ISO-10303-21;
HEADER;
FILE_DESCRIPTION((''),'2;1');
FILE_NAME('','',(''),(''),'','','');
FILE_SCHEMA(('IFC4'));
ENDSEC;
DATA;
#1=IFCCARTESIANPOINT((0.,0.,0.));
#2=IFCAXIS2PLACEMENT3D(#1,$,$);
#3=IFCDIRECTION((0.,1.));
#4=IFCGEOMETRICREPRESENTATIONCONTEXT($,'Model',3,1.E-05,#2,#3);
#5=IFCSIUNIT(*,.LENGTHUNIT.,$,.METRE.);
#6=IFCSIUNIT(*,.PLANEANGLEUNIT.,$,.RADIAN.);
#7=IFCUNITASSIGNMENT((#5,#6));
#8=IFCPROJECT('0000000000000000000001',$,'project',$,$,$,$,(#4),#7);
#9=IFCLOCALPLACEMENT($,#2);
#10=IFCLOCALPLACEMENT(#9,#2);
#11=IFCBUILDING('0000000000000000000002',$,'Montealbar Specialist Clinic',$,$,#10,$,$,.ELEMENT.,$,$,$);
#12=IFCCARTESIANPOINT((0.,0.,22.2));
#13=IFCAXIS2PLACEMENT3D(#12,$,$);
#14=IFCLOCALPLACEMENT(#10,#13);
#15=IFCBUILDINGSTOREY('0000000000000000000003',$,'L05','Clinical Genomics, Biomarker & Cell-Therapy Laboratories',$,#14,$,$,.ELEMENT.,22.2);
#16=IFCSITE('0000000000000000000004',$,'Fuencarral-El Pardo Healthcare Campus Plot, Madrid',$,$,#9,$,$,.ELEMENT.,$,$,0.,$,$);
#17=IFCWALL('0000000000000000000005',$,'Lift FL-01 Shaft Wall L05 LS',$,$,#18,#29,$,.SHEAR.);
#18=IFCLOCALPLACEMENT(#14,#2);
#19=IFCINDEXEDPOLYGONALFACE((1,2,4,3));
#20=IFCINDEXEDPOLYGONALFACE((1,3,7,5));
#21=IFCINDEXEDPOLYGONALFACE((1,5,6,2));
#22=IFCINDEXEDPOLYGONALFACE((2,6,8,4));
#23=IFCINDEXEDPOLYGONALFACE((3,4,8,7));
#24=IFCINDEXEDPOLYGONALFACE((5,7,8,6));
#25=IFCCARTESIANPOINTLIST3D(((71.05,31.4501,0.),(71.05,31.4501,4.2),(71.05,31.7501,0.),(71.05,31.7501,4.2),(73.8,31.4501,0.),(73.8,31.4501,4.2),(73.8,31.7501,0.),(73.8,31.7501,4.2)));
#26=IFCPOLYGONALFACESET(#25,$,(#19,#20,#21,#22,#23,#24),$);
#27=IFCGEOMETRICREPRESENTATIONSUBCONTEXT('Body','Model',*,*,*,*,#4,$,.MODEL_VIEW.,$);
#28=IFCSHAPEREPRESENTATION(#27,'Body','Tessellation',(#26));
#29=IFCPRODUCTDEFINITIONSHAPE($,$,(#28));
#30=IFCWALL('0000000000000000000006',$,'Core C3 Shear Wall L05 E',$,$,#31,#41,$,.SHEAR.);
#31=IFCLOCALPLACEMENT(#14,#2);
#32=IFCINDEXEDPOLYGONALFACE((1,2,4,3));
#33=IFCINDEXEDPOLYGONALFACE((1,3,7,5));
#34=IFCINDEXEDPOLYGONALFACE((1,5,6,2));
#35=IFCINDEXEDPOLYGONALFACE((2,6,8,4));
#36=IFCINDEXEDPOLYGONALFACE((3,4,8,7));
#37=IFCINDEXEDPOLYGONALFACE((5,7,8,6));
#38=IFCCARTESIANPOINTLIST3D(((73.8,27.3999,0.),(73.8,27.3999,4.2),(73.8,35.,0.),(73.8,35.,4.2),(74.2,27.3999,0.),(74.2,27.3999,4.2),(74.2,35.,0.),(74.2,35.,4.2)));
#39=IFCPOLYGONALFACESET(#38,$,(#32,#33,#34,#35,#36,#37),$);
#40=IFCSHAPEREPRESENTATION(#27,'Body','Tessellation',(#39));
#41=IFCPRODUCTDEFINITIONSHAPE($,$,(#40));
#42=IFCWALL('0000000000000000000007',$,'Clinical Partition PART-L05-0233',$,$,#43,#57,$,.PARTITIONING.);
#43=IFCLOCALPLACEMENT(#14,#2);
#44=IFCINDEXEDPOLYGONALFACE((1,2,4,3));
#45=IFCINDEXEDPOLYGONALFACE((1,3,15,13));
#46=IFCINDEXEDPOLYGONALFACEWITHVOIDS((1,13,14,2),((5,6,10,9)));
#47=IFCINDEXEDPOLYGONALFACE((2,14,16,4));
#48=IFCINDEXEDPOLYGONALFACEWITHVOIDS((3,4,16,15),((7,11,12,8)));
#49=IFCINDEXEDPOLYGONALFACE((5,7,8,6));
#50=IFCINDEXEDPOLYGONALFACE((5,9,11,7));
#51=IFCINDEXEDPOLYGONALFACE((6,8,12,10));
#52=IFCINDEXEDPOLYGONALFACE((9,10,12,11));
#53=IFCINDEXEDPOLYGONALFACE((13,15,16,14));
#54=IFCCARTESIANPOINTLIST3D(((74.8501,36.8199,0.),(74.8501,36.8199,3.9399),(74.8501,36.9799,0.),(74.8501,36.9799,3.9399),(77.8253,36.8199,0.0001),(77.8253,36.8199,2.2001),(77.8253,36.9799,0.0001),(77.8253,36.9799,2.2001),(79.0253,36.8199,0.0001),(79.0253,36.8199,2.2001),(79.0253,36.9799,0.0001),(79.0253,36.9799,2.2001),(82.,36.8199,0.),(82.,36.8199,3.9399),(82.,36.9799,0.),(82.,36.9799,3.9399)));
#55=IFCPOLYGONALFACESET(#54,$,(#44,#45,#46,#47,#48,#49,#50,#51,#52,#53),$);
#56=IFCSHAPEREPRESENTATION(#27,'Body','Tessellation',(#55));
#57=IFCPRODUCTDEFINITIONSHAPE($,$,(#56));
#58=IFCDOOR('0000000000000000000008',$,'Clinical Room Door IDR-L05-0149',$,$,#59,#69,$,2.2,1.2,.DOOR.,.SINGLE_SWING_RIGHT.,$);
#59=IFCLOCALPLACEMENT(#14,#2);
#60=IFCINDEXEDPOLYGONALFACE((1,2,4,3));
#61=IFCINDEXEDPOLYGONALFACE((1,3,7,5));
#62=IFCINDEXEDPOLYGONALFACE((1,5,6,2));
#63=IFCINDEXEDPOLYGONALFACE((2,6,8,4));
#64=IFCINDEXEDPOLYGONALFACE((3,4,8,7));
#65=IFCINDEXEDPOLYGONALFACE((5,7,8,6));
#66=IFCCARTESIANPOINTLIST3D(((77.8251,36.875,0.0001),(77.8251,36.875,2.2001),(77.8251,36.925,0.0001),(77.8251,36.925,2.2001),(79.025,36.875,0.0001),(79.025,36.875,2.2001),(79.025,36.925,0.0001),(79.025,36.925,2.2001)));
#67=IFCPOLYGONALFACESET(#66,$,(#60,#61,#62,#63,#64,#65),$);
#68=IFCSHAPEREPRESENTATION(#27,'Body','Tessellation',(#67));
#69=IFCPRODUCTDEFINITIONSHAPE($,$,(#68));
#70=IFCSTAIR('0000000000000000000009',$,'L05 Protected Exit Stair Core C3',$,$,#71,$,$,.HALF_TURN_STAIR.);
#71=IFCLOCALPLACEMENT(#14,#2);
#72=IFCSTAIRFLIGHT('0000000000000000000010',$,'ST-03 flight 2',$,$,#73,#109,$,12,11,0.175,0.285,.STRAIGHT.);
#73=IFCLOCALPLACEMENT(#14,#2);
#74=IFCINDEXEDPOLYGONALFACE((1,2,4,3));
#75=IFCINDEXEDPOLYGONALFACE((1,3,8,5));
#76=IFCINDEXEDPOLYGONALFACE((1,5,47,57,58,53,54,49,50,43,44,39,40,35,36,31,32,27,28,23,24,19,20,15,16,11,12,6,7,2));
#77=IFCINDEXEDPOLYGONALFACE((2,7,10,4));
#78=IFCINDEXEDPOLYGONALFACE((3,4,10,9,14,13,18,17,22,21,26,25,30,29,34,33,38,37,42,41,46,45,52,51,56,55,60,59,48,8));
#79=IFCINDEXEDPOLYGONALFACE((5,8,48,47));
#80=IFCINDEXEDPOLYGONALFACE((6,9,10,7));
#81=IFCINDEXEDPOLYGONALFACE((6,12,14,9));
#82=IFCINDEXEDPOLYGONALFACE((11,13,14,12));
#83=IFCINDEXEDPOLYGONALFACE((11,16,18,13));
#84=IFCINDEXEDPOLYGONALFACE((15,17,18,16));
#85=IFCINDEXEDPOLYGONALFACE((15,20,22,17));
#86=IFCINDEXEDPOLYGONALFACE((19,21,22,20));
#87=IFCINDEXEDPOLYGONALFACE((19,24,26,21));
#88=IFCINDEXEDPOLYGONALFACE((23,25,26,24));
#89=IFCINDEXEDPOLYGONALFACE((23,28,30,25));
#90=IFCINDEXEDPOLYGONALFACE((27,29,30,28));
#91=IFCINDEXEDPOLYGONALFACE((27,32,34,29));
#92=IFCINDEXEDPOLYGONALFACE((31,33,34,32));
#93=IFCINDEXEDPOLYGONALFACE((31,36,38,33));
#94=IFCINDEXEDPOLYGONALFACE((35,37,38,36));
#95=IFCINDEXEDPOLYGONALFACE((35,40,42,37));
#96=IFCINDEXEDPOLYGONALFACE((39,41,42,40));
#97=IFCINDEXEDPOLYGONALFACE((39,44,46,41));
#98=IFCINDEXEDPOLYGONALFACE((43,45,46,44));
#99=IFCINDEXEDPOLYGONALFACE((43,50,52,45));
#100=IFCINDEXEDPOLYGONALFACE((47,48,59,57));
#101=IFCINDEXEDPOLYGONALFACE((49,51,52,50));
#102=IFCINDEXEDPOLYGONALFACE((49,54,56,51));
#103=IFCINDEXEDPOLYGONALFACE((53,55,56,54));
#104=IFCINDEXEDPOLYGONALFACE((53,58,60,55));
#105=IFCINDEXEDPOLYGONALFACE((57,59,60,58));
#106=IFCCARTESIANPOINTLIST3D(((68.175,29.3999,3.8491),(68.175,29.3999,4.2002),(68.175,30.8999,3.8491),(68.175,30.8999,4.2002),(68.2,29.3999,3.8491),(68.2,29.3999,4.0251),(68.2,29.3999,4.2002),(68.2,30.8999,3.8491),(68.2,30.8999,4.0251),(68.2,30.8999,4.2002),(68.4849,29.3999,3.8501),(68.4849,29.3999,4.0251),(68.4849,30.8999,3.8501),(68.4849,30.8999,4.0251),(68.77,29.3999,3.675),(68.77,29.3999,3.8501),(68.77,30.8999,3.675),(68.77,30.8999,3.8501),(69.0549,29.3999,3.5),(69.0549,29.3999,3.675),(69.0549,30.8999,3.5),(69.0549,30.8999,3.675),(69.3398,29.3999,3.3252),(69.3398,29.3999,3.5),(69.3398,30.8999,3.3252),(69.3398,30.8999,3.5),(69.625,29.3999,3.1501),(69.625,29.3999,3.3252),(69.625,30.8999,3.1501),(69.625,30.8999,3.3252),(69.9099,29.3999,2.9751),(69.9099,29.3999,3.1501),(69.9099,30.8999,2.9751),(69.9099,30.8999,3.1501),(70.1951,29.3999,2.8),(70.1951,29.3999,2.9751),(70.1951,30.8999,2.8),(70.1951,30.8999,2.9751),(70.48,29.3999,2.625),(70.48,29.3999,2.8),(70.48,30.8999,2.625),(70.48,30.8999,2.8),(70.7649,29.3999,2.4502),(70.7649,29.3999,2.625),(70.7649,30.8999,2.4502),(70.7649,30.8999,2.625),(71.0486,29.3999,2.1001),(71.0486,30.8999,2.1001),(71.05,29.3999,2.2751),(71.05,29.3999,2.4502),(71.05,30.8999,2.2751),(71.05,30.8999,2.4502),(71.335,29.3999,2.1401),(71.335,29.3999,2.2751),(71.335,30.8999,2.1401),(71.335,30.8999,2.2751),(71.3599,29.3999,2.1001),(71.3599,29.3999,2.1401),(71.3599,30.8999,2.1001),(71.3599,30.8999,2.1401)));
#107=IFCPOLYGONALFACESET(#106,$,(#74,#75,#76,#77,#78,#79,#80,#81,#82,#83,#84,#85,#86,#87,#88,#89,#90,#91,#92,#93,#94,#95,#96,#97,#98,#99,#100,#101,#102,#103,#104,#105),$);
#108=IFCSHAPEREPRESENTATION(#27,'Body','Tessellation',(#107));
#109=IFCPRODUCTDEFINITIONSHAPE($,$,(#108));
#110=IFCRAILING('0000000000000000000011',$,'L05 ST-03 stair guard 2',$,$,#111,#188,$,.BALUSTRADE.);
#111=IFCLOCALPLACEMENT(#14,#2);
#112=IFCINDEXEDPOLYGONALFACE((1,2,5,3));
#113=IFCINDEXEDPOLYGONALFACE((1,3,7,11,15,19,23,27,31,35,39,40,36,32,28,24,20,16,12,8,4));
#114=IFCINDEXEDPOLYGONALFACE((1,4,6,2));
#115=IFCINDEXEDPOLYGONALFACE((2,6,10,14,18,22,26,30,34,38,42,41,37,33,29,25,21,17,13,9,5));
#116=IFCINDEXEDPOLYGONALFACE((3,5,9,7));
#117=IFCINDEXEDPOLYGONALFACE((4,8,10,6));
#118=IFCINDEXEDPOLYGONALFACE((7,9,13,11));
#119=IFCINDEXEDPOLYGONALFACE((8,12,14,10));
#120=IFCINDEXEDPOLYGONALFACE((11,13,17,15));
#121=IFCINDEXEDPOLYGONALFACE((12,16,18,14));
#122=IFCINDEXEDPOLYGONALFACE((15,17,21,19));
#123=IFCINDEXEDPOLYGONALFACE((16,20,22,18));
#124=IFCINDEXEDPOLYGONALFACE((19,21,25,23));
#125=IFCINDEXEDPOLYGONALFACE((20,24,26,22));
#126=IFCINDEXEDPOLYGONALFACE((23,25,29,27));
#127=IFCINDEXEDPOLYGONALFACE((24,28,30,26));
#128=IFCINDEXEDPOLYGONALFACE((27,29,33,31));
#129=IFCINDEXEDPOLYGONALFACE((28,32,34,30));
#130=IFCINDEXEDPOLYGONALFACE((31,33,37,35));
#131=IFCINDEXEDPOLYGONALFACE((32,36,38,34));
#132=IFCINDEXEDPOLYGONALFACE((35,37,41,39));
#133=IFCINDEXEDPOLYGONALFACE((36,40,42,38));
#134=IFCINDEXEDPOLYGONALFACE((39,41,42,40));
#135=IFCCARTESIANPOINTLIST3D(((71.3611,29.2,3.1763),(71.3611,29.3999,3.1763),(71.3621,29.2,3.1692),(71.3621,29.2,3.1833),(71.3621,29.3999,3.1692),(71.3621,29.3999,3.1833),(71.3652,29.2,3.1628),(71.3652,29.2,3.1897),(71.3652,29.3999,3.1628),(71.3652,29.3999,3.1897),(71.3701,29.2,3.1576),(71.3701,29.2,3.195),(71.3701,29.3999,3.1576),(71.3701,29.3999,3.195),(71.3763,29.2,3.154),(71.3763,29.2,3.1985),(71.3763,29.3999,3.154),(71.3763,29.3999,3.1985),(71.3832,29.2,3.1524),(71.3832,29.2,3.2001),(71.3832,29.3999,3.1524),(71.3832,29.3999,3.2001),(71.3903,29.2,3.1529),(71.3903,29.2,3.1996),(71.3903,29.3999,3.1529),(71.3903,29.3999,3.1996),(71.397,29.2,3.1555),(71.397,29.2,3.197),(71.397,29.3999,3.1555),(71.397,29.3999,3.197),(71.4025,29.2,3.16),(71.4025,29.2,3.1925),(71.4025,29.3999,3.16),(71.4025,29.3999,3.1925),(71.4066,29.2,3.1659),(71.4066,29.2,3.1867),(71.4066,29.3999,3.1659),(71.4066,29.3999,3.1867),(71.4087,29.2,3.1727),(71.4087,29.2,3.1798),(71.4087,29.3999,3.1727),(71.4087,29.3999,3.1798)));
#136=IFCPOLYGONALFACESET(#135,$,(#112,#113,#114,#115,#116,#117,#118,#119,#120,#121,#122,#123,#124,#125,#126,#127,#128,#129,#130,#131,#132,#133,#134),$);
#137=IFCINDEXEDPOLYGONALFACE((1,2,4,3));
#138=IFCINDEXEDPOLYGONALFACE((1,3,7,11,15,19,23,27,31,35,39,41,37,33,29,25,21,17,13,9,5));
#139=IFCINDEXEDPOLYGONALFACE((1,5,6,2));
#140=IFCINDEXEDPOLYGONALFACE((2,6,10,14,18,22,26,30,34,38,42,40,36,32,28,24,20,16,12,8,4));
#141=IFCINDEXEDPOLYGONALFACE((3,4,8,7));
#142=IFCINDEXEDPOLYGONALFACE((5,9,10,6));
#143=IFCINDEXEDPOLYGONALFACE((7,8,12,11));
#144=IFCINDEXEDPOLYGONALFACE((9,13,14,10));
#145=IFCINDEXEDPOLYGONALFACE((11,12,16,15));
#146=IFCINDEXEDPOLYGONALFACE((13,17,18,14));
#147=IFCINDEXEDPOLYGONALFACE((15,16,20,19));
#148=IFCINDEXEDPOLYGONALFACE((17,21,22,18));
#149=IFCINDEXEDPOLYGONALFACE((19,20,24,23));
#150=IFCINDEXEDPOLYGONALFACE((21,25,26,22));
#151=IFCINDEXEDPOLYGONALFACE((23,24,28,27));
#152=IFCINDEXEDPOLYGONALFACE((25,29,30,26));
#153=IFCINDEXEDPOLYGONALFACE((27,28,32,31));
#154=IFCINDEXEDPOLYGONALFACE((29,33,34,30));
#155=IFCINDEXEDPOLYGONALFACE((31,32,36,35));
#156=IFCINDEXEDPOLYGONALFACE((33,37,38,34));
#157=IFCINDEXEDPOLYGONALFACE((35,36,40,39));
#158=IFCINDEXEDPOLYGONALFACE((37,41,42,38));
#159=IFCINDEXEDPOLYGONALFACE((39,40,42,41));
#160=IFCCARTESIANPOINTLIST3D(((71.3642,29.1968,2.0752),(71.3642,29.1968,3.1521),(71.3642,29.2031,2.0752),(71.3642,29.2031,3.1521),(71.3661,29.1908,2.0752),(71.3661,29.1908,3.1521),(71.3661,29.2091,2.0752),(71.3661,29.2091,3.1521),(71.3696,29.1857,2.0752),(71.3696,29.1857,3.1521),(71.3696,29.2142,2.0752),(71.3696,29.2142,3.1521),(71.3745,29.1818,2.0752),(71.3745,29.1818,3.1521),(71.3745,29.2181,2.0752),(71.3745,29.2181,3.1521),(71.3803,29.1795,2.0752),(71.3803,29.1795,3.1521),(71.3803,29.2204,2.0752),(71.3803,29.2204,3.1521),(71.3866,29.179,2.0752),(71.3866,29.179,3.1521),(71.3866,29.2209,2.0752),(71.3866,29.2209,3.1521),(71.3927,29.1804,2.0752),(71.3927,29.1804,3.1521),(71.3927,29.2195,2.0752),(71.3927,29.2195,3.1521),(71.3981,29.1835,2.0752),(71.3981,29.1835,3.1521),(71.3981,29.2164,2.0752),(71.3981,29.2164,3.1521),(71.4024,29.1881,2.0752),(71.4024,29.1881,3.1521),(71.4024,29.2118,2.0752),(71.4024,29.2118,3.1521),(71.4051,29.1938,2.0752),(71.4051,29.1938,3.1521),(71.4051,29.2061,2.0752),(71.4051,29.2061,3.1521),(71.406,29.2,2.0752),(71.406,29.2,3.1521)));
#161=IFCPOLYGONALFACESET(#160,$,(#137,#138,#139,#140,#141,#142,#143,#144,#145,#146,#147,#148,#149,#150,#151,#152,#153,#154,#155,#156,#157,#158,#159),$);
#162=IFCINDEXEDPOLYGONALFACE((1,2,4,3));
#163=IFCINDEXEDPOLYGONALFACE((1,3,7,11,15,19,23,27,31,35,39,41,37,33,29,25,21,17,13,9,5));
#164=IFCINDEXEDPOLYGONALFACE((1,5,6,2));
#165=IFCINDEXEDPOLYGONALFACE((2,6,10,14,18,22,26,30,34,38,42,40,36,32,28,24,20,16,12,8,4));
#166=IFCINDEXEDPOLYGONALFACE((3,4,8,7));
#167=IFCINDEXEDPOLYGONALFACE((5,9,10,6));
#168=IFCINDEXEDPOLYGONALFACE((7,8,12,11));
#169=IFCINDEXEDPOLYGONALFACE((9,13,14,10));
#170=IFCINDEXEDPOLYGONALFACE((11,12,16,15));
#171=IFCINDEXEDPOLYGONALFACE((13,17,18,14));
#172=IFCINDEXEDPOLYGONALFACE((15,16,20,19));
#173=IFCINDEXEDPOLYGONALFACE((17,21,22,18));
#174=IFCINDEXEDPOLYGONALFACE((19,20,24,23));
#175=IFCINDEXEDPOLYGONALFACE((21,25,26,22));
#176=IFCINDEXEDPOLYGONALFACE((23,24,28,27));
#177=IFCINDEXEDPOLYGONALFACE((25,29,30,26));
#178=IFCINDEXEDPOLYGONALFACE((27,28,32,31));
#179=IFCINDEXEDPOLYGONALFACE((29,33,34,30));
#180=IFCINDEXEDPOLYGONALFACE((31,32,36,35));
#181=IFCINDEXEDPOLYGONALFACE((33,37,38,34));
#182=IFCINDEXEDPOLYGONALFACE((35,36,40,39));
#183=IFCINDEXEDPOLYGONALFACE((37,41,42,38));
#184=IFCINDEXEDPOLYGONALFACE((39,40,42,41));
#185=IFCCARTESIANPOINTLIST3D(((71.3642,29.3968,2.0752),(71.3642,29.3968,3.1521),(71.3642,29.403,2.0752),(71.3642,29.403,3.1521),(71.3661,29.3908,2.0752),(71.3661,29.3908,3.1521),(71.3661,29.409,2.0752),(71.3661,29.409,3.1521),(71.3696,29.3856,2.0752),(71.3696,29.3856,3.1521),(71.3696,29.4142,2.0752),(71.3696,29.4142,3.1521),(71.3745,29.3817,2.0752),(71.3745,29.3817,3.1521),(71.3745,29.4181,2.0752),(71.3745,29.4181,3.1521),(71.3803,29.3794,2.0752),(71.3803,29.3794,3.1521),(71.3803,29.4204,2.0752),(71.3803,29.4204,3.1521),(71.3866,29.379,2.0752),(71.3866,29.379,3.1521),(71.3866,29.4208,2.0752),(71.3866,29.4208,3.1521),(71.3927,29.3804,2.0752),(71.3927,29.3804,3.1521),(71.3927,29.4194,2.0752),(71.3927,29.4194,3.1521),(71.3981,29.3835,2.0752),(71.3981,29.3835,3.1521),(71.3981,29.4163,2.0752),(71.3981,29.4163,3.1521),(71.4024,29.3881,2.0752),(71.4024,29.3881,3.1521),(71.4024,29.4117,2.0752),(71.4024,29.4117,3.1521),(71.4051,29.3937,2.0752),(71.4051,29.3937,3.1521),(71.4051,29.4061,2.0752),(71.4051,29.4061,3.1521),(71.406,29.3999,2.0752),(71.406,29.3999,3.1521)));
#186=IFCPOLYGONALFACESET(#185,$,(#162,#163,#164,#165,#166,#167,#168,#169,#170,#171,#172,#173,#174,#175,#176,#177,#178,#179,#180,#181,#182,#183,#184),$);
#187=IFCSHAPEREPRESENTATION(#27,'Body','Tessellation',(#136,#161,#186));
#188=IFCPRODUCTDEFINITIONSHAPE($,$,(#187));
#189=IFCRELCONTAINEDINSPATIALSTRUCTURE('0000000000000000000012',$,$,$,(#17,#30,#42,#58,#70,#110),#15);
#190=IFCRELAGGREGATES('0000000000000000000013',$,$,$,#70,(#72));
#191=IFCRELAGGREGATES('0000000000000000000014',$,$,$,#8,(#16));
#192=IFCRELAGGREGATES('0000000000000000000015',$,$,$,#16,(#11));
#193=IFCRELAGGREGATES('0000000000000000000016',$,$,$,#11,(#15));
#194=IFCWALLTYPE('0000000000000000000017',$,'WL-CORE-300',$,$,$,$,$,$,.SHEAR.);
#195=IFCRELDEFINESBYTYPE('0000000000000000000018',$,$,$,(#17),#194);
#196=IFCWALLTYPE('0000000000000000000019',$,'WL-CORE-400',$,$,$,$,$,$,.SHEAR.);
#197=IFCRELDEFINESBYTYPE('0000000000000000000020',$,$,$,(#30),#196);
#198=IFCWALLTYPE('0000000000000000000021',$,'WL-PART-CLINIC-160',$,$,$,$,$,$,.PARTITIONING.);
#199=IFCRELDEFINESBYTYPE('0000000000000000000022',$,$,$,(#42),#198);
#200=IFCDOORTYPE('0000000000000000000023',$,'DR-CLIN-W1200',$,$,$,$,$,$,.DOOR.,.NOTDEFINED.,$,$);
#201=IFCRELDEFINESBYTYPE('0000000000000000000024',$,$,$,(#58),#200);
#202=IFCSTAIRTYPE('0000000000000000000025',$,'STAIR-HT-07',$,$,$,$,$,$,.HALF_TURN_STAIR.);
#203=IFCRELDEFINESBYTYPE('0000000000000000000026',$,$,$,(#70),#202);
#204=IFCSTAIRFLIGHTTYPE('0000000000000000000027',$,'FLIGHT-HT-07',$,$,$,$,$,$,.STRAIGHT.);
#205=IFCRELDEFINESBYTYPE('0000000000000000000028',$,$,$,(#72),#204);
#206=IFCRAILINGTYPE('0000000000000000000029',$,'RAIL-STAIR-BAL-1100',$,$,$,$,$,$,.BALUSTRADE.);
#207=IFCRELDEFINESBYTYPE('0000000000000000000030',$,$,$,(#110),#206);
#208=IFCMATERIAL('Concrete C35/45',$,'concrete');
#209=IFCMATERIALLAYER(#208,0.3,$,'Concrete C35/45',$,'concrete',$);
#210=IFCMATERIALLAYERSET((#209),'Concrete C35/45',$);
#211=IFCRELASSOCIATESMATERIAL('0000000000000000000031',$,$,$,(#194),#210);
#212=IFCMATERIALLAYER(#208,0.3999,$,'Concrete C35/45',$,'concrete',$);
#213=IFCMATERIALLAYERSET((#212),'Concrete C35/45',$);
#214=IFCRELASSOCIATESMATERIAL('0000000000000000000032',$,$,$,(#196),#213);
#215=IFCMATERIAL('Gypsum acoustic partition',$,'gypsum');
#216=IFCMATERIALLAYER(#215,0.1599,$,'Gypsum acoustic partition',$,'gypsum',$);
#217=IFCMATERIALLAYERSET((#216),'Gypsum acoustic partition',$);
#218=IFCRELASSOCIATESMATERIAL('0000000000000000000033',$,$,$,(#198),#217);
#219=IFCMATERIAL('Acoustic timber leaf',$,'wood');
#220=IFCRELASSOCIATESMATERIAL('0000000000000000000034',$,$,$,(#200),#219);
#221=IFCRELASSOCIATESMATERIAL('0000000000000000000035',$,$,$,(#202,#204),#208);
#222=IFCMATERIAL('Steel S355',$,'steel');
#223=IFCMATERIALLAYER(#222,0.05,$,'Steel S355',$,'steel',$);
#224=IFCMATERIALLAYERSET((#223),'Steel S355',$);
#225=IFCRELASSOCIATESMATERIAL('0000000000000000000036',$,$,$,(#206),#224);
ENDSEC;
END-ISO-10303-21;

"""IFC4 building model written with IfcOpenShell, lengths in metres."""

from ifc_helpers import new_model, si_unit, direction, frame, frame_2d, origin, origin_2d, place, context, subcontext, project, spatial, polyline, rectangle, circle, outline, extrude, material, layer, layer_set, type_object, element, fill, aggregate, save


model = new_model("IFC4")

# Units and contexts
model_context = context("Model", 3, precision=1e-05, world=origin(), true_north=direction((0.0, 1.0)))
body_context = subcontext(model_context, "Body", "Model", "MODEL_VIEW")
ifc_project = project(units=[si_unit("LENGTHUNIT", "METRE"), si_unit("PLANEANGLEUNIT", "RADIAN")], contexts=[model_context])

# Site, building, storey
site_placement = place(None, origin())
site = spatial("IfcSite", under=ifc_project, at=site_placement, Name="Fuencarral-El Pardo Healthcare Campus Plot, Madrid", CompositionType="ELEMENT", RefElevation=0.0)
building_placement = place(site_placement, origin())
building = spatial("IfcBuilding", under=site, at=building_placement, Name="Montealbar Specialist Clinic", CompositionType="ELEMENT")
storey_placement = place(building_placement, frame((0.0, 0.0, 22.2)))
storey = spatial("IfcBuildingStorey", under=building, at=storey_placement, Name="L05", Description="Clinical Genomics, Biomarker & Cell-Therapy Laboratories", CompositionType="ELEMENT", Elevation=22.2)

# Shared definitions
ifc_material_1 = material(Name="Steel S355", Category="steel")

# Wall
ifc_material_2 = material(Name="Concrete C35/45", Category="concrete")
ifc_layer_1 = layer(ifc_material_2, 0.3, Name="Concrete C35/45", Category="concrete")
ifc_layer_set_1 = layer_set([ifc_layer_1], Name="Concrete C35/45")
wall_type_1 = type_object("IfcWallType", Name="WL-CORE-300", PredefinedType="SHEAR", material=ifc_layer_set_1)
wall_1_placement = place(storey_placement, frame((71.05, 31.6001, 0.0), z_axis=(0.0, 0.0, 1.0), x_axis=(1.0, 0.0, 0.0)))
element("IfcWall", 1, at=wall_1_placement, inside=storey, type_object=wall_type_1, Name="Lift FL-01 Shaft Wall L05 LS", PredefinedType="SHEAR", context=body_context, shape_type="SweptSolid", body=[
    extrude(rectangle(XDim=2.75, YDim=0.3, at=frame_2d((1.375, 0.0))), origin(), (0.0, 0.0, 1.0), 4.2),
])

# Wall
ifc_layer_2 = layer(ifc_material_2, 0.3999, Name="Concrete C35/45", Category="concrete")
ifc_layer_set_2 = layer_set([ifc_layer_2], Name="Concrete C35/45")
wall_type_2 = type_object("IfcWallType", Name="WL-CORE-400", PredefinedType="SHEAR", material=ifc_layer_set_2)
wall_2_placement = place(storey_placement, frame((74.0, 27.3999, 0.0), z_axis=(0.0, 0.0, 1.0), x_axis=(0.0, 1.0, 0.0)))
element("IfcWall", 2, at=wall_2_placement, inside=storey, type_object=wall_type_2, Name="Core C3 Shear Wall L05 E", PredefinedType="SHEAR", context=body_context, shape_type="SweptSolid", body=[
    extrude(rectangle(XDim=7.6001, YDim=0.3999, at=frame_2d((3.8, 0.0))), origin(), (0.0, 0.0, 1.0), 4.2),
])

# Wall, opening, door
ifc_material_3 = material(Name="Gypsum acoustic partition", Category="gypsum")
ifc_layer_3 = layer(ifc_material_3, 0.1599, Name="Gypsum acoustic partition", Category="gypsum")
ifc_layer_set_3 = layer_set([ifc_layer_3], Name="Gypsum acoustic partition")
wall_type_3 = type_object("IfcWallType", Name="WL-PART-CLINIC-160", PredefinedType="PARTITIONING", material=ifc_layer_set_3)
wall_3_placement = place(storey_placement, frame((74.8501, 36.8999, 0.0), z_axis=(0.0, 0.0, 1.0), x_axis=(1.0, 0.0, 0.0)))
wall_3 = element("IfcWall", 3, at=wall_3_placement, inside=storey, type_object=wall_type_3, Name="Clinical Partition PART-L05-0233", PredefinedType="PARTITIONING", context=body_context, shape_type="SweptSolid", body=[
    extrude(rectangle(XDim=7.1499, YDim=0.1599, at=frame_2d((3.575, 0.0))), origin(), (0.0, 0.0, 1.0), 3.9399),
])
opening_1_placement = place(wall_3_placement, frame((2.9751, 0.0, 0.0)))
opening_1 = element("IfcOpeningElement", 4, at=opening_1_placement, cuts=wall_3, PredefinedType="OPENING", context=body_context, shape_type="SweptSolid", body=[
    extrude(rectangle(XDim=1.2, YDim=2.2, at=frame_2d((0.6001, 1.1001))), frame((0.0, 0.0898, 0.0), z_axis=(0.0, -1.0, 0.0), x_axis=(1.0, 0.0, 0.0)), (0.0, 0.0, 1.0), 0.1799),
])
ifc_material_4 = material(Name="Acoustic timber leaf", Category="wood")
door_type_1 = type_object("IfcDoorType", Name="DR-CLIN-W1200", OperationType="NOTDEFINED", PredefinedType="DOOR", material=ifc_material_4)
door_1_placement = place(opening_1_placement, frame((1.2, 0.0, 0.0), z_axis=(0.0, 0.0, 1.0), x_axis=(-1.0, 0.0, 0.0)))
door_1 = element("IfcDoor", 5, at=door_1_placement, inside=storey, type_object=door_type_1, Name="Clinical Room Door IDR-L05-0149", OperationType="SINGLE_SWING_RIGHT", OverallHeight=2.2, OverallWidth=1.2, PredefinedType="DOOR", context=body_context, shape_type="SweptSolid", body=[
    extrude(rectangle(XDim=1.2, YDim=2.2, at=frame_2d((0.6001, 1.1001))), frame((0.0, 0.0249, 0.0), z_axis=(0.0, -1.0, 0.0), x_axis=(1.0, 0.0, 0.0)), (0.0, 0.0, 1.0), 0.05),
])
fill(opening_1, door_1)

# Stair, stair flight
stair_type = type_object("IfcStairType", Name="STAIR-HT-07", PredefinedType="HALF_TURN_STAIR", material=ifc_material_2)
stair_placement = place(storey_placement, origin())
stair = element("IfcStair", 6, at=stair_placement, inside=storey, type_object=stair_type, Name="L05 Protected Exit Stair Core C3", PredefinedType="HALF_TURN_STAIR")
stair_flight_type = type_object("IfcStairFlightType", Name="FLIGHT-HT-07", PredefinedType="STRAIGHT", material=ifc_material_2)
stair_flight_placement = place(storey_placement, frame((71.335, 30.1499, 2.1001), z_axis=(0.0, 0.0, 1.0), x_axis=(-1.0, 0.0, 0.0)))
stair_flight = element("IfcStairFlight", 7, at=stair_flight_placement, type_object=stair_flight_type, Name="ST-03 flight 2", NumberOfRisers=12, NumberOfTreads=11, PredefinedType="STRAIGHT", RiserHeight=0.175, TreadLength=0.285, context=body_context, shape_type="SweptSolid", body=[
    extrude(outline(polyline([(-0.0249, 0.0), (-0.0249, 0.04), (0.0, 0.04), (0.0, 0.175), (0.2849, 0.175), (0.2849, 0.3501), (0.5701, 0.3501), (0.5701, 0.5249), (0.855, 0.5249), (0.855, 0.7), (1.1399, 0.7), (1.1399, 0.875), (1.425, 0.875), (1.425, 1.05), (1.71, 1.05), (1.71, 1.2251), (1.9951, 1.2251), (1.9951, 1.3999), (2.28, 1.3999), (2.28, 1.575), (2.5649, 1.575), (2.5649, 1.75), (2.8501, 1.75), (2.8501, 1.925), (3.135, 1.925), (3.135, 2.1001), (3.1599, 2.1001), (3.1599, 1.749), (3.135, 1.749), (0.2864, 0.0), (-0.0249, 0.0)])), frame((0.0, 0.75, 0.0), z_axis=(0.0, -1.0, 0.0), x_axis=(1.0, 0.0, 0.0)), (0.0, 0.0, 1.0), 1.5),
])
aggregate(stair, [stair_flight])

# Railing
ifc_layer_4 = layer(ifc_material_1, 0.05, Name="Steel S355", Category="steel")
ifc_layer_set_4 = layer_set([ifc_layer_4], Name="Steel S355")
railing_type_1 = type_object("IfcRailingType", Name="RAIL-STAIR-BAL-1100", PredefinedType="BALUSTRADE", material=ifc_layer_set_4)
railing_1_placement = place(storey_placement, frame((71.385, 29.2, 2.1001)))
element("IfcRailing", 8, at=railing_1_placement, inside=storey, type_object=railing_type_1, Name="L05 ST-03 stair guard 2", PredefinedType="BALUSTRADE", context=body_context, shape_type="SweptSolid", body=[
    extrude(circle(Radius=0.0239, at=origin_2d()), frame((0.0, 0.0, 1.0762), z_axis=(0.0, 1.0, 0.0), x_axis=(-1.0, 0.0, 0.0)), (0.0, 0.0, 1.0), 0.2),
    extrude(circle(Radius=0.021, at=origin_2d()), frame((0.0, 0.0, -0.0249)), (0.0, 0.0, 1.0), 1.0769),
    extrude(circle(Radius=0.021, at=origin_2d()), frame((0.0, 0.2, -0.0249)), (0.0, 0.0, 1.0), 1.0769),
])

save(model, "model.ifc")
